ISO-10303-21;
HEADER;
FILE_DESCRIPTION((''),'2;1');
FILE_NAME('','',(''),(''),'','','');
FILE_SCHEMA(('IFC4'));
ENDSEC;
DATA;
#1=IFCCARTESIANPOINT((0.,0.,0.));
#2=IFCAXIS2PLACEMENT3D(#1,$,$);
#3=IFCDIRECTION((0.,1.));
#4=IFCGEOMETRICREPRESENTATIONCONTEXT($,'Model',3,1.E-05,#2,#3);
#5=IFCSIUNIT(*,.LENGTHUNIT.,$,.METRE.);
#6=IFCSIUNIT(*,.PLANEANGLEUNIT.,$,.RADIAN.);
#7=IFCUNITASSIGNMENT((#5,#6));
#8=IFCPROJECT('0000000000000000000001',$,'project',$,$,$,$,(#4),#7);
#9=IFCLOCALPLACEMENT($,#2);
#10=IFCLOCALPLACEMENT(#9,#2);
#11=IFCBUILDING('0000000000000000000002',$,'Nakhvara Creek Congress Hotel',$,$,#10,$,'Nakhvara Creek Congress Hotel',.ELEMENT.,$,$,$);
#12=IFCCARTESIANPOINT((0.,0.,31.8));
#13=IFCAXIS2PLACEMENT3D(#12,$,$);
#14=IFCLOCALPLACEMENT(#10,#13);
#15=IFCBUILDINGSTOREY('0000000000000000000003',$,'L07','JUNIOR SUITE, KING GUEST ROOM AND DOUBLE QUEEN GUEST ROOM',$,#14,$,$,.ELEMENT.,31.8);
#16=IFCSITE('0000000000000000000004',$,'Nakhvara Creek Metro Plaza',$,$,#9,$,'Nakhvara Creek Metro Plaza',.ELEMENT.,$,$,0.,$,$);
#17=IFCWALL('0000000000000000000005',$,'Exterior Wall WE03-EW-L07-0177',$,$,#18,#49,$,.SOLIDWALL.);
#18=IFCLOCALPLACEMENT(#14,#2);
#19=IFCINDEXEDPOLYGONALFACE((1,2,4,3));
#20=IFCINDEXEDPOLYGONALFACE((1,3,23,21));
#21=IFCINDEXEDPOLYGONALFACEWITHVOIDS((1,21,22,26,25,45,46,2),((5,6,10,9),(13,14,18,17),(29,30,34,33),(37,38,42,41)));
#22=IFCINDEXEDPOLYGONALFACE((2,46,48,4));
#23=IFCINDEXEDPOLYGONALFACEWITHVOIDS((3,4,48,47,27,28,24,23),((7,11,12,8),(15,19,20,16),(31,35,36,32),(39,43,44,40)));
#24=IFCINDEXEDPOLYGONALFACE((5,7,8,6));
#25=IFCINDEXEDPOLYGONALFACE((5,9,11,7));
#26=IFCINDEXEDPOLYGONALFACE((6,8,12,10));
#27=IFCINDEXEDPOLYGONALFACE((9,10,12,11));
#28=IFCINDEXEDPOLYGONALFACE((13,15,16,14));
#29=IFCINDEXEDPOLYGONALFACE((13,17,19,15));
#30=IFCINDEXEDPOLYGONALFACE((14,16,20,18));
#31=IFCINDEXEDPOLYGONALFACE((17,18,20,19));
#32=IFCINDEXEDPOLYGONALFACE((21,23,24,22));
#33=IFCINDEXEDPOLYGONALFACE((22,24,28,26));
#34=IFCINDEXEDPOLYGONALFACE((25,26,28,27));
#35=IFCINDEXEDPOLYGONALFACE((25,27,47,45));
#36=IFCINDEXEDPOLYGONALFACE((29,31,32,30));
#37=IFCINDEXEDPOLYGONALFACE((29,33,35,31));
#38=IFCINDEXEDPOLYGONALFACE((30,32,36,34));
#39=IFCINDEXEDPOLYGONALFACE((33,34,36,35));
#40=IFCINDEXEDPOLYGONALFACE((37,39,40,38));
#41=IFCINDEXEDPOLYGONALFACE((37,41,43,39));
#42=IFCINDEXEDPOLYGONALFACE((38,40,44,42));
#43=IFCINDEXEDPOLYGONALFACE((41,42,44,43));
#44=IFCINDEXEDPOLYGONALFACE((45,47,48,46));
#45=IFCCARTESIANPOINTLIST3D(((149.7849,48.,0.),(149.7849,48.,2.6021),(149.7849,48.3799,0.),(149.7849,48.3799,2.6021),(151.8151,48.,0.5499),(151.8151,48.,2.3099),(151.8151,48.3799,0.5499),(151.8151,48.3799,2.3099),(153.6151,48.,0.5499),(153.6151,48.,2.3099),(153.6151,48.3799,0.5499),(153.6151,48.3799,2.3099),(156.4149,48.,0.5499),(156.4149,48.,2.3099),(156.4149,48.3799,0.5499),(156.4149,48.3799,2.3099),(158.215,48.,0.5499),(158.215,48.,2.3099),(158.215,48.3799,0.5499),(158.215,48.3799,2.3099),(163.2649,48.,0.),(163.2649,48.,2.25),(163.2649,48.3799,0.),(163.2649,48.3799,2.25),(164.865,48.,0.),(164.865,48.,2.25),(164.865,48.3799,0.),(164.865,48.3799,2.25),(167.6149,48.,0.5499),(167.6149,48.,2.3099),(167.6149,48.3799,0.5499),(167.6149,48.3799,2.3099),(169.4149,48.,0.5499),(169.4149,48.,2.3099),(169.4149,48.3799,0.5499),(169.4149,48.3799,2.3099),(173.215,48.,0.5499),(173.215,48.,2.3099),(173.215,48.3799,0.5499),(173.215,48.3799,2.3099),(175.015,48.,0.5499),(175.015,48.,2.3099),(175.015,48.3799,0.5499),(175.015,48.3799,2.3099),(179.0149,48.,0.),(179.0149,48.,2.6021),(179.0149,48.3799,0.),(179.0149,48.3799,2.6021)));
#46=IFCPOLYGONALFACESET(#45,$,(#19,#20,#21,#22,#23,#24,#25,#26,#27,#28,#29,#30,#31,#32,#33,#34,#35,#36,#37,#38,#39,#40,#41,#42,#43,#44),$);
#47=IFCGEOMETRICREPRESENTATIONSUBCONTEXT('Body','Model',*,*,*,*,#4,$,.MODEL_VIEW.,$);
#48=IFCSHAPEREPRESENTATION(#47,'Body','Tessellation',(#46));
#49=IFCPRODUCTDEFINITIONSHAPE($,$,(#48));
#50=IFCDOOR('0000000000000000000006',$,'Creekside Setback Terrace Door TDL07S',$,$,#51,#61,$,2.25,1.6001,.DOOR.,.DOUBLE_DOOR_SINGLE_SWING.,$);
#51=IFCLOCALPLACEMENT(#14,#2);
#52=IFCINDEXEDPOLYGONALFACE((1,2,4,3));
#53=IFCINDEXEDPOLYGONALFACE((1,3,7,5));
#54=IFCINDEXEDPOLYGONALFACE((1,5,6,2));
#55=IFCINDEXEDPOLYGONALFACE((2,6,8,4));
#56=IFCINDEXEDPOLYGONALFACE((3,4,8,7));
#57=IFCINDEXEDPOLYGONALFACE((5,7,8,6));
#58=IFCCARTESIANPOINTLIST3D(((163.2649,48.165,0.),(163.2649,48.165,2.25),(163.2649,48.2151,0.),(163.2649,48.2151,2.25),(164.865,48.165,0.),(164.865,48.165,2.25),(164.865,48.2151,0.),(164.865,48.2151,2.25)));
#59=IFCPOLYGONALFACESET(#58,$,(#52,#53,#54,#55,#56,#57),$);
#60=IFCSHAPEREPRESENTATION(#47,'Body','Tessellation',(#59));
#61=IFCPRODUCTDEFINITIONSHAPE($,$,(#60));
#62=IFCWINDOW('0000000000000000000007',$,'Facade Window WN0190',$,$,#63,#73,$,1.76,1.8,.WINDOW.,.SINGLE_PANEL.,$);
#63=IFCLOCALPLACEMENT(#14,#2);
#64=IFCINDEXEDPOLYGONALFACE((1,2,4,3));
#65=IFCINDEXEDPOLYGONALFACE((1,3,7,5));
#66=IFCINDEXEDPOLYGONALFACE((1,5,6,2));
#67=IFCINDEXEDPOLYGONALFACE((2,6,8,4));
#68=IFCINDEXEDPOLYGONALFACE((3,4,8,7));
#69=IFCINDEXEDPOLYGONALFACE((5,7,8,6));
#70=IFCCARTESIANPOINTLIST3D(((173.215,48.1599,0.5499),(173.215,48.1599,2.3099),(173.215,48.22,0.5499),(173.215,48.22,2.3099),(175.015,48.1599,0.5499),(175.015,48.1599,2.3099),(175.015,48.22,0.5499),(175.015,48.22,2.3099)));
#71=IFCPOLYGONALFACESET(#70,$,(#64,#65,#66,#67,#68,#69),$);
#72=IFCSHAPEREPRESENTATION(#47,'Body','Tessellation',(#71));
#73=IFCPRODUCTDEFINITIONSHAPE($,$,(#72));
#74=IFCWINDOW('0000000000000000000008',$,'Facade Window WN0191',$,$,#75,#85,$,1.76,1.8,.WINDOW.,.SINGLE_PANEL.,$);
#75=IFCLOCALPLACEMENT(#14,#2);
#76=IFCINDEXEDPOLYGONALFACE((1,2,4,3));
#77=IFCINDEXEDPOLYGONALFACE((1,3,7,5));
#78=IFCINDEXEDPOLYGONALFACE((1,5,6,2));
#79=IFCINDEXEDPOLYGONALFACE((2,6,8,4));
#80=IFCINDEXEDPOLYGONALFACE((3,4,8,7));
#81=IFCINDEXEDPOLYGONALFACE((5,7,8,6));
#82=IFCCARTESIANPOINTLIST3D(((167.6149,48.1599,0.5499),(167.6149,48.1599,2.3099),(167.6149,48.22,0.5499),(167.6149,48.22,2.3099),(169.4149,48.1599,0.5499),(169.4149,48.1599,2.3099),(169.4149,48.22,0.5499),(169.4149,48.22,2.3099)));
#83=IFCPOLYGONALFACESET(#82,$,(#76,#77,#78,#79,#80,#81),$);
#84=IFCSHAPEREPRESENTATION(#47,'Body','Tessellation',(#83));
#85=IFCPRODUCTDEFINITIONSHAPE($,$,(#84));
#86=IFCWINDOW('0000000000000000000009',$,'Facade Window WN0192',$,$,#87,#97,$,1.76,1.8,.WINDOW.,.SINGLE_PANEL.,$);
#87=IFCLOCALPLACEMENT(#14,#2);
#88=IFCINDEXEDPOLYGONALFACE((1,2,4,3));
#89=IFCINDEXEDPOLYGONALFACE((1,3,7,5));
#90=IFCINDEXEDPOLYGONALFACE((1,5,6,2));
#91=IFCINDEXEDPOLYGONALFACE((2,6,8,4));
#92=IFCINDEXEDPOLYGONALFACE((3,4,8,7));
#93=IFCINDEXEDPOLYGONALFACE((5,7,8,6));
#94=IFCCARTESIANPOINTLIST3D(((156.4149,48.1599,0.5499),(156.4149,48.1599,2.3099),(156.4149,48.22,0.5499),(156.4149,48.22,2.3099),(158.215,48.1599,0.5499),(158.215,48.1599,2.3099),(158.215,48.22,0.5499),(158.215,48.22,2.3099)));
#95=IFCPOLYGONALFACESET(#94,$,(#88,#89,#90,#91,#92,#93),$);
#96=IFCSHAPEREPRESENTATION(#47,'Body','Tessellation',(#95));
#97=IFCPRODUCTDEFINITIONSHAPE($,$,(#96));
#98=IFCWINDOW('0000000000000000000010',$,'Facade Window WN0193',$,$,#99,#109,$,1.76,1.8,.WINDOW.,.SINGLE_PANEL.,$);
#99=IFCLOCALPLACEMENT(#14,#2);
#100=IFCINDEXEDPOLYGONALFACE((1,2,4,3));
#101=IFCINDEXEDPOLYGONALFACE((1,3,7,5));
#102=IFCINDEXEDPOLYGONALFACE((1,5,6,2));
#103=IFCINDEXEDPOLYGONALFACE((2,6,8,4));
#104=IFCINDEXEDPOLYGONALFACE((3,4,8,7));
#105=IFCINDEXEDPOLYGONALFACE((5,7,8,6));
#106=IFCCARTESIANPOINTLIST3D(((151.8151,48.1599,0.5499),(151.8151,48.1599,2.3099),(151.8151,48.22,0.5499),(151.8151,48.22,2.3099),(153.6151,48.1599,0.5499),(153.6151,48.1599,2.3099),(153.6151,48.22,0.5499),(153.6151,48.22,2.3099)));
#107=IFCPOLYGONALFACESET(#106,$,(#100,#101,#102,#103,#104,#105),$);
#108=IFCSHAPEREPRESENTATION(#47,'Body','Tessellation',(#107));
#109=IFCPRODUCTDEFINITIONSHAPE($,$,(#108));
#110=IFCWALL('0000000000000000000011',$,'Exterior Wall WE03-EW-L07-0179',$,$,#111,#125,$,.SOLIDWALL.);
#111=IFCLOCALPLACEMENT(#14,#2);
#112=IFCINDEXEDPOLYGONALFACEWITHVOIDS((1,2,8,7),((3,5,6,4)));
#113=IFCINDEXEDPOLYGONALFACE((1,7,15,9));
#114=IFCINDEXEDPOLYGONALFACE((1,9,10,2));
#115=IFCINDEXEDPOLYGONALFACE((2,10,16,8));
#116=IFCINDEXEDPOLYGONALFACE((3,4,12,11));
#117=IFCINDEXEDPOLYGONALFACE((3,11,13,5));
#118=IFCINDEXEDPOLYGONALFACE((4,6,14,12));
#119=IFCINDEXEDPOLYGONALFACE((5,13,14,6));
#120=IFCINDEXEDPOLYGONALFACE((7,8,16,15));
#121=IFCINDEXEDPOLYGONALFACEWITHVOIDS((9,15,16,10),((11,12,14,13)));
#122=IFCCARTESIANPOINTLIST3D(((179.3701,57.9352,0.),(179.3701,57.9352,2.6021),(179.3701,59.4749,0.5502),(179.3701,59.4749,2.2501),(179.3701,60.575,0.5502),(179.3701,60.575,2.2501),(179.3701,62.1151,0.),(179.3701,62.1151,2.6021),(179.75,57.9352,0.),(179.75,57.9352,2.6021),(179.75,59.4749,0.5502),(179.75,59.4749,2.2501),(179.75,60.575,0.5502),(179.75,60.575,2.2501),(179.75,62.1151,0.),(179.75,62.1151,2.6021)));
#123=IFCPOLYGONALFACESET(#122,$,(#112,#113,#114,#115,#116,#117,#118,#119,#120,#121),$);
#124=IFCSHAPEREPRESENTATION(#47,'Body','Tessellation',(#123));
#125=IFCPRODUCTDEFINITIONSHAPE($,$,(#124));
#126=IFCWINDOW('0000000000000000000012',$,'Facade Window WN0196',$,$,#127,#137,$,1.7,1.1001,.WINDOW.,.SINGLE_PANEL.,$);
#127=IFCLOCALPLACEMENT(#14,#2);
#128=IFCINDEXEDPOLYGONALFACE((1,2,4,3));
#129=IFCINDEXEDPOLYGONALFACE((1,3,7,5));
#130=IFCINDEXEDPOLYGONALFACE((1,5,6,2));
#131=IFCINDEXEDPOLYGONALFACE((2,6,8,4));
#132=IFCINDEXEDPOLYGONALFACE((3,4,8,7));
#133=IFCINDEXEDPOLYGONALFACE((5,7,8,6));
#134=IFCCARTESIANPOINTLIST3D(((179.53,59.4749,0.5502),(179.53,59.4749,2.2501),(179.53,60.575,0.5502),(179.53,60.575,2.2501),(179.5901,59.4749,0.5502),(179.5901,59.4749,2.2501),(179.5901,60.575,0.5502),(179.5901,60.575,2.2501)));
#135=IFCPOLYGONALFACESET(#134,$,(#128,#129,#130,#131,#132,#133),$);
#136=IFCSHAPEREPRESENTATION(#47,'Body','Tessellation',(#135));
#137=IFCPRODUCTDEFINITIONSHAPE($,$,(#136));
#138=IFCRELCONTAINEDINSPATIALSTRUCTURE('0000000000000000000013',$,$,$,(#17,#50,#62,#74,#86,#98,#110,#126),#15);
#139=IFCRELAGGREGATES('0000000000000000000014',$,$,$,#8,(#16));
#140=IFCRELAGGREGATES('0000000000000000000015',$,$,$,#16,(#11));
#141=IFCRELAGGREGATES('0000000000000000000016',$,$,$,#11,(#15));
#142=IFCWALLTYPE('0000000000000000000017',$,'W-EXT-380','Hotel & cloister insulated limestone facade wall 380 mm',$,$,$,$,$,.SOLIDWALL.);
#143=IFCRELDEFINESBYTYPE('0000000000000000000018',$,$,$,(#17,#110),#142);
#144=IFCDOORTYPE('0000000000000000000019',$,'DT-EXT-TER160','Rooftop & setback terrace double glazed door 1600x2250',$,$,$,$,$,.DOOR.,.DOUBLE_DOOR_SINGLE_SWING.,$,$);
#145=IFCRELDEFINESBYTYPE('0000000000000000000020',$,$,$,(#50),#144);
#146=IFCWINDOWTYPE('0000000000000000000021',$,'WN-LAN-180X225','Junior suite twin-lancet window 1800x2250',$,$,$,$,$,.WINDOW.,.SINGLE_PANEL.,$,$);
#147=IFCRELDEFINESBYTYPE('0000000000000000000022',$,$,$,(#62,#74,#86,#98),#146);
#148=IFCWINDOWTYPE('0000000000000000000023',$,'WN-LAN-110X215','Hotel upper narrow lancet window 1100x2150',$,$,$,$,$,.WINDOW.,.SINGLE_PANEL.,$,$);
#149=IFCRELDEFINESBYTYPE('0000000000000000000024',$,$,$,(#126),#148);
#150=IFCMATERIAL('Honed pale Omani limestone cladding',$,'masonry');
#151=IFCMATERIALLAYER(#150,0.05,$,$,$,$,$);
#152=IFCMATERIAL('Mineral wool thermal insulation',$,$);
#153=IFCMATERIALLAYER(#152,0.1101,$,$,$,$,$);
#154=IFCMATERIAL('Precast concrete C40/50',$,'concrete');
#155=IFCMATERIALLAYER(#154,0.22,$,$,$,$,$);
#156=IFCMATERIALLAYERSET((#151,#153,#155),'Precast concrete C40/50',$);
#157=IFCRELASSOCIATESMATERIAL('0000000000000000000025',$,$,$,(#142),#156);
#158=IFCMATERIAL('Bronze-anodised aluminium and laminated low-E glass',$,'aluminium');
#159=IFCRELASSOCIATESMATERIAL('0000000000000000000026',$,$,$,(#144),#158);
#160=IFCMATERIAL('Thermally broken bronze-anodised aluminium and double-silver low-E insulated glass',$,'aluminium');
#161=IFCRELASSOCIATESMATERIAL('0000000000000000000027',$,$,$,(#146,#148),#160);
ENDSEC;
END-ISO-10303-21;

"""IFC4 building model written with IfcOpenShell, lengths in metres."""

from ifc_helpers import new_model, si_unit, direction, frame, frame_2d, origin, place, context, subcontext, project, spatial, rectangle, extrude, material, layer, layer_set, type_object, element, fill, save


model = new_model("IFC4")

# Units and contexts
model_context = context("Model", 3, precision=1e-05, world=origin(), true_north=direction((0.0, 1.0)))
body_context = subcontext(model_context, "Body", "Model", "MODEL_VIEW")
ifc_project = project(units=[si_unit("LENGTHUNIT", "METRE"), si_unit("PLANEANGLEUNIT", "RADIAN")], contexts=[model_context])

# Site, building, storey
site_placement = place(None, origin())
site = spatial("IfcSite", under=ifc_project, at=site_placement, Name="Nakhvara Creek Metro Plaza", LongName="Nakhvara Creek Metro Plaza", CompositionType="ELEMENT", RefElevation=0.0)
building_placement = place(site_placement, origin())
building = spatial("IfcBuilding", under=site, at=building_placement, Name="Nakhvara Creek Congress Hotel", LongName="Nakhvara Creek Congress Hotel", CompositionType="ELEMENT")
storey_placement = place(building_placement, frame((0.0, 0.0, 31.8)))
storey = spatial("IfcBuildingStorey", under=building, at=storey_placement, Name="L07", Description="JUNIOR SUITE, KING GUEST ROOM AND DOUBLE QUEEN GUEST ROOM", CompositionType="ELEMENT", Elevation=31.8)

# Wall, openings, door, windows
ifc_material_1 = material(Name="Honed pale Omani limestone cladding", Category="masonry")
ifc_layer_1 = layer(ifc_material_1, 0.05)
ifc_material_2 = material(Name="Mineral wool thermal insulation")
ifc_layer_2 = layer(ifc_material_2, 0.1101)
ifc_material_3 = material(Name="Precast concrete C40/50", Category="concrete")
ifc_layer_3 = layer(ifc_material_3, 0.22)
ifc_layer_set_1 = layer_set([ifc_layer_1, ifc_layer_2, ifc_layer_3], Name="Precast concrete C40/50")
wall_type = type_object("IfcWallType", Name="W-EXT-380", Description="Hotel & cloister insulated limestone facade wall 380 mm", PredefinedType="SOLIDWALL", material=ifc_layer_set_1)
wall_1_placement = place(storey_placement, frame((179.0149, 48.1899, 0.0), z_axis=(0.0, 0.0, 1.0), x_axis=(-1.0, 0.0, 0.0)))
wall_1 = element("IfcWall", 1, at=wall_1_placement, inside=storey, type_object=wall_type, Name="Exterior Wall WE03-EW-L07-0177", PredefinedType="SOLIDWALL", context=body_context, shape_type="SweptSolid", body=[
    extrude(rectangle(XDim=29.23, YDim=0.3799, at=frame_2d((14.615, 0.0))), origin(), (0.0, 0.0, 1.0), 2.6021),
])
opening_1_placement = place(wall_1_placement, frame((14.1499, 0.0, 0.0)))
opening_1 = element("IfcOpeningElement", 2, at=opening_1_placement, cuts=wall_1, PredefinedType="OPENING", context=body_context, shape_type="SweptSolid", body=[
    extrude(rectangle(XDim=1.6001, YDim=2.25, at=frame_2d((0.8, 1.125))), frame((0.0, 0.2019, 0.0), z_axis=(0.0, -1.0, 0.0), x_axis=(1.0, 0.0, 0.0)), (0.0, 0.0, 1.0), 0.4038),
])
opening_2_placement = place(wall_1_placement, frame((4.0, 0.0, 0.55)))
opening_2 = element("IfcOpeningElement", 3, at=opening_2_placement, cuts=wall_1, PredefinedType="OPENING", context=body_context, shape_type="SweptSolid", body=[
    extrude(rectangle(XDim=1.8, YDim=1.76, at=frame_2d((0.8999, 0.8799))), frame((0.0, 0.2019, 0.0), z_axis=(0.0, -1.0, 0.0), x_axis=(1.0, 0.0, 0.0)), (0.0, 0.0, 1.0), 0.4038),
])
opening_3_placement = place(wall_1_placement, frame((9.6001, 0.0, 0.55)))
opening_3 = element("IfcOpeningElement", 4, at=opening_3_placement, cuts=wall_1, PredefinedType="OPENING", context=body_context, shape_type="SweptSolid", body=[
    extrude(rectangle(XDim=1.8, YDim=1.76, at=frame_2d((0.8999, 0.8799))), frame((0.0, 0.2019, 0.0), z_axis=(0.0, -1.0, 0.0), x_axis=(1.0, 0.0, 0.0)), (0.0, 0.0, 1.0), 0.4038),
])
opening_4_placement = place(wall_1_placement, frame((20.8, 0.0, 0.55)))
opening_4 = element("IfcOpeningElement", 5, at=opening_4_placement, cuts=wall_1, PredefinedType="OPENING", context=body_context, shape_type="SweptSolid", body=[
    extrude(rectangle(XDim=1.8, YDim=1.76, at=frame_2d((0.8999, 0.8799))), frame((0.0, 0.2019, 0.0), z_axis=(0.0, -1.0, 0.0), x_axis=(1.0, 0.0, 0.0)), (0.0, 0.0, 1.0), 0.4038),
])
opening_5_placement = place(wall_1_placement, frame((25.3999, 0.0, 0.55)))
opening_5 = element("IfcOpeningElement", 6, at=opening_5_placement, cuts=wall_1, PredefinedType="OPENING", context=body_context, shape_type="SweptSolid", body=[
    extrude(rectangle(XDim=1.8, YDim=1.76, at=frame_2d((0.8999, 0.8799))), frame((0.0, 0.2019, 0.0), z_axis=(0.0, -1.0, 0.0), x_axis=(1.0, 0.0, 0.0)), (0.0, 0.0, 1.0), 0.4038),
])
ifc_material_4 = material(Name="Bronze-anodised aluminium and laminated low-E glass", Category="aluminium")
door_type = type_object("IfcDoorType", Name="DT-EXT-TER160", Description="Rooftop & setback terrace double glazed door 1600x2250", OperationType="DOUBLE_DOOR_SINGLE_SWING", PredefinedType="DOOR", material=ifc_material_4)
door_placement = place(opening_1_placement, origin())
door = element("IfcDoor", 7, at=door_placement, inside=storey, type_object=door_type, Name="Creekside Setback Terrace Door TDL07S", OperationType="DOUBLE_DOOR_SINGLE_SWING", OverallHeight=2.25, OverallWidth=1.6001, PredefinedType="DOOR", context=body_context, shape_type="SweptSolid", body=[
    extrude(rectangle(XDim=1.6001, YDim=2.25, at=frame_2d((0.8, 1.125))), frame((0.0, 0.0249, 0.0), z_axis=(0.0, -1.0, 0.0), x_axis=(1.0, 0.0, 0.0)), (0.0, 0.0, 1.0), 0.05),
])
fill(opening_1, door)
ifc_material_5 = material(Name="Thermally broken bronze-anodised aluminium and double-silver low-E insulated glass", Category="aluminium")
window_type_1 = type_object("IfcWindowType", Name="WN-LAN-180X225", Description="Junior suite twin-lancet window 1800x2250", PartitioningType="SINGLE_PANEL", PredefinedType="WINDOW", material=ifc_material_5)
window_1_placement = place(opening_2_placement, origin())
window_1 = element("IfcWindow", 8, at=window_1_placement, inside=storey, type_object=window_type_1, Name="Facade Window WN0190", OverallHeight=1.76, OverallWidth=1.8, PartitioningType="SINGLE_PANEL", PredefinedType="WINDOW", context=body_context, shape_type="SweptSolid", body=[
    extrude(rectangle(XDim=1.8, YDim=1.76, at=frame_2d((0.8999, 0.8799))), frame((0.0, 0.03, 0.0), z_axis=(0.0, -1.0, 0.0), x_axis=(1.0, 0.0, 0.0)), (0.0, 0.0, 1.0), 0.0601),
])
fill(opening_2, window_1)
window_2_placement = place(opening_3_placement, origin())
window_2 = element("IfcWindow", 9, at=window_2_placement, inside=storey, type_object=window_type_1, Name="Facade Window WN0191", OverallHeight=1.76, OverallWidth=1.8, PartitioningType="SINGLE_PANEL", PredefinedType="WINDOW", context=body_context, shape_type="SweptSolid", body=[
    extrude(rectangle(XDim=1.8, YDim=1.76, at=frame_2d((0.8999, 0.8799))), frame((0.0, 0.03, 0.0), z_axis=(0.0, -1.0, 0.0), x_axis=(1.0, 0.0, 0.0)), (0.0, 0.0, 1.0), 0.0601),
])
fill(opening_3, window_2)
window_3_placement = place(opening_4_placement, origin())
window_3 = element("IfcWindow", 10, at=window_3_placement, inside=storey, type_object=window_type_1, Name="Facade Window WN0192", OverallHeight=1.76, OverallWidth=1.8, PartitioningType="SINGLE_PANEL", PredefinedType="WINDOW", context=body_context, shape_type="SweptSolid", body=[
    extrude(rectangle(XDim=1.8, YDim=1.76, at=frame_2d((0.8999, 0.8799))), frame((0.0, 0.03, 0.0), z_axis=(0.0, -1.0, 0.0), x_axis=(1.0, 0.0, 0.0)), (0.0, 0.0, 1.0), 0.0601),
])
fill(opening_4, window_3)
window_4_placement = place(opening_5_placement, origin())
window_4 = element("IfcWindow", 11, at=window_4_placement, inside=storey, type_object=window_type_1, Name="Facade Window WN0193", OverallHeight=1.76, OverallWidth=1.8, PartitioningType="SINGLE_PANEL", PredefinedType="WINDOW", context=body_context, shape_type="SweptSolid", body=[
    extrude(rectangle(XDim=1.8, YDim=1.76, at=frame_2d((0.8999, 0.8799))), frame((0.0, 0.03, 0.0), z_axis=(0.0, -1.0, 0.0), x_axis=(1.0, 0.0, 0.0)), (0.0, 0.0, 1.0), 0.0601),
])
fill(opening_5, window_4)

# Wall, opening, window
wall_2_placement = place(storey_placement, frame((179.5601, 62.115, 0.0), z_axis=(0.0, 0.0, 1.0), x_axis=(0.0, -1.0, 0.0)))
wall_2 = element("IfcWall", 12, at=wall_2_placement, inside=storey, type_object=wall_type, Name="Exterior Wall WE03-EW-L07-0179", PredefinedType="SOLIDWALL", context=body_context, shape_type="SweptSolid", body=[
    extrude(rectangle(XDim=4.1799, YDim=0.3799, at=frame_2d((2.0898, 0.0))), origin(), (0.0, 0.0, 1.0), 2.6021),
])
opening_6_placement = place(wall_2_placement, frame((1.54, 0.0, 0.55)))
opening_6 = element("IfcOpeningElement", 13, at=opening_6_placement, cuts=wall_2, PredefinedType="OPENING", context=body_context, shape_type="SweptSolid", body=[
    extrude(rectangle(XDim=1.1001, YDim=1.7, at=frame_2d((0.55, 0.8501))), frame((0.0, 0.2019, 0.0), z_axis=(0.0, -1.0, 0.0), x_axis=(1.0, 0.0, 0.0)), (0.0, 0.0, 1.0), 0.4038),
])
window_type_2 = type_object("IfcWindowType", Name="WN-LAN-110X215", Description="Hotel upper narrow lancet window 1100x2150", PartitioningType="SINGLE_PANEL", PredefinedType="WINDOW", material=ifc_material_5)
window_5_placement = place(opening_6_placement, origin())
window_5 = element("IfcWindow", 14, at=window_5_placement, inside=storey, type_object=window_type_2, Name="Facade Window WN0196", OverallHeight=1.7, OverallWidth=1.1001, PartitioningType="SINGLE_PANEL", PredefinedType="WINDOW", context=body_context, shape_type="SweptSolid", body=[
    extrude(rectangle(XDim=1.1001, YDim=1.7, at=frame_2d((0.55, 0.8501))), frame((0.0, 0.03, 0.0), z_axis=(0.0, -1.0, 0.0), x_axis=(1.0, 0.0, 0.0)), (0.0, 0.0, 1.0), 0.0601),
])
fill(opening_6, window_5)

save(model, "model.ifc")
